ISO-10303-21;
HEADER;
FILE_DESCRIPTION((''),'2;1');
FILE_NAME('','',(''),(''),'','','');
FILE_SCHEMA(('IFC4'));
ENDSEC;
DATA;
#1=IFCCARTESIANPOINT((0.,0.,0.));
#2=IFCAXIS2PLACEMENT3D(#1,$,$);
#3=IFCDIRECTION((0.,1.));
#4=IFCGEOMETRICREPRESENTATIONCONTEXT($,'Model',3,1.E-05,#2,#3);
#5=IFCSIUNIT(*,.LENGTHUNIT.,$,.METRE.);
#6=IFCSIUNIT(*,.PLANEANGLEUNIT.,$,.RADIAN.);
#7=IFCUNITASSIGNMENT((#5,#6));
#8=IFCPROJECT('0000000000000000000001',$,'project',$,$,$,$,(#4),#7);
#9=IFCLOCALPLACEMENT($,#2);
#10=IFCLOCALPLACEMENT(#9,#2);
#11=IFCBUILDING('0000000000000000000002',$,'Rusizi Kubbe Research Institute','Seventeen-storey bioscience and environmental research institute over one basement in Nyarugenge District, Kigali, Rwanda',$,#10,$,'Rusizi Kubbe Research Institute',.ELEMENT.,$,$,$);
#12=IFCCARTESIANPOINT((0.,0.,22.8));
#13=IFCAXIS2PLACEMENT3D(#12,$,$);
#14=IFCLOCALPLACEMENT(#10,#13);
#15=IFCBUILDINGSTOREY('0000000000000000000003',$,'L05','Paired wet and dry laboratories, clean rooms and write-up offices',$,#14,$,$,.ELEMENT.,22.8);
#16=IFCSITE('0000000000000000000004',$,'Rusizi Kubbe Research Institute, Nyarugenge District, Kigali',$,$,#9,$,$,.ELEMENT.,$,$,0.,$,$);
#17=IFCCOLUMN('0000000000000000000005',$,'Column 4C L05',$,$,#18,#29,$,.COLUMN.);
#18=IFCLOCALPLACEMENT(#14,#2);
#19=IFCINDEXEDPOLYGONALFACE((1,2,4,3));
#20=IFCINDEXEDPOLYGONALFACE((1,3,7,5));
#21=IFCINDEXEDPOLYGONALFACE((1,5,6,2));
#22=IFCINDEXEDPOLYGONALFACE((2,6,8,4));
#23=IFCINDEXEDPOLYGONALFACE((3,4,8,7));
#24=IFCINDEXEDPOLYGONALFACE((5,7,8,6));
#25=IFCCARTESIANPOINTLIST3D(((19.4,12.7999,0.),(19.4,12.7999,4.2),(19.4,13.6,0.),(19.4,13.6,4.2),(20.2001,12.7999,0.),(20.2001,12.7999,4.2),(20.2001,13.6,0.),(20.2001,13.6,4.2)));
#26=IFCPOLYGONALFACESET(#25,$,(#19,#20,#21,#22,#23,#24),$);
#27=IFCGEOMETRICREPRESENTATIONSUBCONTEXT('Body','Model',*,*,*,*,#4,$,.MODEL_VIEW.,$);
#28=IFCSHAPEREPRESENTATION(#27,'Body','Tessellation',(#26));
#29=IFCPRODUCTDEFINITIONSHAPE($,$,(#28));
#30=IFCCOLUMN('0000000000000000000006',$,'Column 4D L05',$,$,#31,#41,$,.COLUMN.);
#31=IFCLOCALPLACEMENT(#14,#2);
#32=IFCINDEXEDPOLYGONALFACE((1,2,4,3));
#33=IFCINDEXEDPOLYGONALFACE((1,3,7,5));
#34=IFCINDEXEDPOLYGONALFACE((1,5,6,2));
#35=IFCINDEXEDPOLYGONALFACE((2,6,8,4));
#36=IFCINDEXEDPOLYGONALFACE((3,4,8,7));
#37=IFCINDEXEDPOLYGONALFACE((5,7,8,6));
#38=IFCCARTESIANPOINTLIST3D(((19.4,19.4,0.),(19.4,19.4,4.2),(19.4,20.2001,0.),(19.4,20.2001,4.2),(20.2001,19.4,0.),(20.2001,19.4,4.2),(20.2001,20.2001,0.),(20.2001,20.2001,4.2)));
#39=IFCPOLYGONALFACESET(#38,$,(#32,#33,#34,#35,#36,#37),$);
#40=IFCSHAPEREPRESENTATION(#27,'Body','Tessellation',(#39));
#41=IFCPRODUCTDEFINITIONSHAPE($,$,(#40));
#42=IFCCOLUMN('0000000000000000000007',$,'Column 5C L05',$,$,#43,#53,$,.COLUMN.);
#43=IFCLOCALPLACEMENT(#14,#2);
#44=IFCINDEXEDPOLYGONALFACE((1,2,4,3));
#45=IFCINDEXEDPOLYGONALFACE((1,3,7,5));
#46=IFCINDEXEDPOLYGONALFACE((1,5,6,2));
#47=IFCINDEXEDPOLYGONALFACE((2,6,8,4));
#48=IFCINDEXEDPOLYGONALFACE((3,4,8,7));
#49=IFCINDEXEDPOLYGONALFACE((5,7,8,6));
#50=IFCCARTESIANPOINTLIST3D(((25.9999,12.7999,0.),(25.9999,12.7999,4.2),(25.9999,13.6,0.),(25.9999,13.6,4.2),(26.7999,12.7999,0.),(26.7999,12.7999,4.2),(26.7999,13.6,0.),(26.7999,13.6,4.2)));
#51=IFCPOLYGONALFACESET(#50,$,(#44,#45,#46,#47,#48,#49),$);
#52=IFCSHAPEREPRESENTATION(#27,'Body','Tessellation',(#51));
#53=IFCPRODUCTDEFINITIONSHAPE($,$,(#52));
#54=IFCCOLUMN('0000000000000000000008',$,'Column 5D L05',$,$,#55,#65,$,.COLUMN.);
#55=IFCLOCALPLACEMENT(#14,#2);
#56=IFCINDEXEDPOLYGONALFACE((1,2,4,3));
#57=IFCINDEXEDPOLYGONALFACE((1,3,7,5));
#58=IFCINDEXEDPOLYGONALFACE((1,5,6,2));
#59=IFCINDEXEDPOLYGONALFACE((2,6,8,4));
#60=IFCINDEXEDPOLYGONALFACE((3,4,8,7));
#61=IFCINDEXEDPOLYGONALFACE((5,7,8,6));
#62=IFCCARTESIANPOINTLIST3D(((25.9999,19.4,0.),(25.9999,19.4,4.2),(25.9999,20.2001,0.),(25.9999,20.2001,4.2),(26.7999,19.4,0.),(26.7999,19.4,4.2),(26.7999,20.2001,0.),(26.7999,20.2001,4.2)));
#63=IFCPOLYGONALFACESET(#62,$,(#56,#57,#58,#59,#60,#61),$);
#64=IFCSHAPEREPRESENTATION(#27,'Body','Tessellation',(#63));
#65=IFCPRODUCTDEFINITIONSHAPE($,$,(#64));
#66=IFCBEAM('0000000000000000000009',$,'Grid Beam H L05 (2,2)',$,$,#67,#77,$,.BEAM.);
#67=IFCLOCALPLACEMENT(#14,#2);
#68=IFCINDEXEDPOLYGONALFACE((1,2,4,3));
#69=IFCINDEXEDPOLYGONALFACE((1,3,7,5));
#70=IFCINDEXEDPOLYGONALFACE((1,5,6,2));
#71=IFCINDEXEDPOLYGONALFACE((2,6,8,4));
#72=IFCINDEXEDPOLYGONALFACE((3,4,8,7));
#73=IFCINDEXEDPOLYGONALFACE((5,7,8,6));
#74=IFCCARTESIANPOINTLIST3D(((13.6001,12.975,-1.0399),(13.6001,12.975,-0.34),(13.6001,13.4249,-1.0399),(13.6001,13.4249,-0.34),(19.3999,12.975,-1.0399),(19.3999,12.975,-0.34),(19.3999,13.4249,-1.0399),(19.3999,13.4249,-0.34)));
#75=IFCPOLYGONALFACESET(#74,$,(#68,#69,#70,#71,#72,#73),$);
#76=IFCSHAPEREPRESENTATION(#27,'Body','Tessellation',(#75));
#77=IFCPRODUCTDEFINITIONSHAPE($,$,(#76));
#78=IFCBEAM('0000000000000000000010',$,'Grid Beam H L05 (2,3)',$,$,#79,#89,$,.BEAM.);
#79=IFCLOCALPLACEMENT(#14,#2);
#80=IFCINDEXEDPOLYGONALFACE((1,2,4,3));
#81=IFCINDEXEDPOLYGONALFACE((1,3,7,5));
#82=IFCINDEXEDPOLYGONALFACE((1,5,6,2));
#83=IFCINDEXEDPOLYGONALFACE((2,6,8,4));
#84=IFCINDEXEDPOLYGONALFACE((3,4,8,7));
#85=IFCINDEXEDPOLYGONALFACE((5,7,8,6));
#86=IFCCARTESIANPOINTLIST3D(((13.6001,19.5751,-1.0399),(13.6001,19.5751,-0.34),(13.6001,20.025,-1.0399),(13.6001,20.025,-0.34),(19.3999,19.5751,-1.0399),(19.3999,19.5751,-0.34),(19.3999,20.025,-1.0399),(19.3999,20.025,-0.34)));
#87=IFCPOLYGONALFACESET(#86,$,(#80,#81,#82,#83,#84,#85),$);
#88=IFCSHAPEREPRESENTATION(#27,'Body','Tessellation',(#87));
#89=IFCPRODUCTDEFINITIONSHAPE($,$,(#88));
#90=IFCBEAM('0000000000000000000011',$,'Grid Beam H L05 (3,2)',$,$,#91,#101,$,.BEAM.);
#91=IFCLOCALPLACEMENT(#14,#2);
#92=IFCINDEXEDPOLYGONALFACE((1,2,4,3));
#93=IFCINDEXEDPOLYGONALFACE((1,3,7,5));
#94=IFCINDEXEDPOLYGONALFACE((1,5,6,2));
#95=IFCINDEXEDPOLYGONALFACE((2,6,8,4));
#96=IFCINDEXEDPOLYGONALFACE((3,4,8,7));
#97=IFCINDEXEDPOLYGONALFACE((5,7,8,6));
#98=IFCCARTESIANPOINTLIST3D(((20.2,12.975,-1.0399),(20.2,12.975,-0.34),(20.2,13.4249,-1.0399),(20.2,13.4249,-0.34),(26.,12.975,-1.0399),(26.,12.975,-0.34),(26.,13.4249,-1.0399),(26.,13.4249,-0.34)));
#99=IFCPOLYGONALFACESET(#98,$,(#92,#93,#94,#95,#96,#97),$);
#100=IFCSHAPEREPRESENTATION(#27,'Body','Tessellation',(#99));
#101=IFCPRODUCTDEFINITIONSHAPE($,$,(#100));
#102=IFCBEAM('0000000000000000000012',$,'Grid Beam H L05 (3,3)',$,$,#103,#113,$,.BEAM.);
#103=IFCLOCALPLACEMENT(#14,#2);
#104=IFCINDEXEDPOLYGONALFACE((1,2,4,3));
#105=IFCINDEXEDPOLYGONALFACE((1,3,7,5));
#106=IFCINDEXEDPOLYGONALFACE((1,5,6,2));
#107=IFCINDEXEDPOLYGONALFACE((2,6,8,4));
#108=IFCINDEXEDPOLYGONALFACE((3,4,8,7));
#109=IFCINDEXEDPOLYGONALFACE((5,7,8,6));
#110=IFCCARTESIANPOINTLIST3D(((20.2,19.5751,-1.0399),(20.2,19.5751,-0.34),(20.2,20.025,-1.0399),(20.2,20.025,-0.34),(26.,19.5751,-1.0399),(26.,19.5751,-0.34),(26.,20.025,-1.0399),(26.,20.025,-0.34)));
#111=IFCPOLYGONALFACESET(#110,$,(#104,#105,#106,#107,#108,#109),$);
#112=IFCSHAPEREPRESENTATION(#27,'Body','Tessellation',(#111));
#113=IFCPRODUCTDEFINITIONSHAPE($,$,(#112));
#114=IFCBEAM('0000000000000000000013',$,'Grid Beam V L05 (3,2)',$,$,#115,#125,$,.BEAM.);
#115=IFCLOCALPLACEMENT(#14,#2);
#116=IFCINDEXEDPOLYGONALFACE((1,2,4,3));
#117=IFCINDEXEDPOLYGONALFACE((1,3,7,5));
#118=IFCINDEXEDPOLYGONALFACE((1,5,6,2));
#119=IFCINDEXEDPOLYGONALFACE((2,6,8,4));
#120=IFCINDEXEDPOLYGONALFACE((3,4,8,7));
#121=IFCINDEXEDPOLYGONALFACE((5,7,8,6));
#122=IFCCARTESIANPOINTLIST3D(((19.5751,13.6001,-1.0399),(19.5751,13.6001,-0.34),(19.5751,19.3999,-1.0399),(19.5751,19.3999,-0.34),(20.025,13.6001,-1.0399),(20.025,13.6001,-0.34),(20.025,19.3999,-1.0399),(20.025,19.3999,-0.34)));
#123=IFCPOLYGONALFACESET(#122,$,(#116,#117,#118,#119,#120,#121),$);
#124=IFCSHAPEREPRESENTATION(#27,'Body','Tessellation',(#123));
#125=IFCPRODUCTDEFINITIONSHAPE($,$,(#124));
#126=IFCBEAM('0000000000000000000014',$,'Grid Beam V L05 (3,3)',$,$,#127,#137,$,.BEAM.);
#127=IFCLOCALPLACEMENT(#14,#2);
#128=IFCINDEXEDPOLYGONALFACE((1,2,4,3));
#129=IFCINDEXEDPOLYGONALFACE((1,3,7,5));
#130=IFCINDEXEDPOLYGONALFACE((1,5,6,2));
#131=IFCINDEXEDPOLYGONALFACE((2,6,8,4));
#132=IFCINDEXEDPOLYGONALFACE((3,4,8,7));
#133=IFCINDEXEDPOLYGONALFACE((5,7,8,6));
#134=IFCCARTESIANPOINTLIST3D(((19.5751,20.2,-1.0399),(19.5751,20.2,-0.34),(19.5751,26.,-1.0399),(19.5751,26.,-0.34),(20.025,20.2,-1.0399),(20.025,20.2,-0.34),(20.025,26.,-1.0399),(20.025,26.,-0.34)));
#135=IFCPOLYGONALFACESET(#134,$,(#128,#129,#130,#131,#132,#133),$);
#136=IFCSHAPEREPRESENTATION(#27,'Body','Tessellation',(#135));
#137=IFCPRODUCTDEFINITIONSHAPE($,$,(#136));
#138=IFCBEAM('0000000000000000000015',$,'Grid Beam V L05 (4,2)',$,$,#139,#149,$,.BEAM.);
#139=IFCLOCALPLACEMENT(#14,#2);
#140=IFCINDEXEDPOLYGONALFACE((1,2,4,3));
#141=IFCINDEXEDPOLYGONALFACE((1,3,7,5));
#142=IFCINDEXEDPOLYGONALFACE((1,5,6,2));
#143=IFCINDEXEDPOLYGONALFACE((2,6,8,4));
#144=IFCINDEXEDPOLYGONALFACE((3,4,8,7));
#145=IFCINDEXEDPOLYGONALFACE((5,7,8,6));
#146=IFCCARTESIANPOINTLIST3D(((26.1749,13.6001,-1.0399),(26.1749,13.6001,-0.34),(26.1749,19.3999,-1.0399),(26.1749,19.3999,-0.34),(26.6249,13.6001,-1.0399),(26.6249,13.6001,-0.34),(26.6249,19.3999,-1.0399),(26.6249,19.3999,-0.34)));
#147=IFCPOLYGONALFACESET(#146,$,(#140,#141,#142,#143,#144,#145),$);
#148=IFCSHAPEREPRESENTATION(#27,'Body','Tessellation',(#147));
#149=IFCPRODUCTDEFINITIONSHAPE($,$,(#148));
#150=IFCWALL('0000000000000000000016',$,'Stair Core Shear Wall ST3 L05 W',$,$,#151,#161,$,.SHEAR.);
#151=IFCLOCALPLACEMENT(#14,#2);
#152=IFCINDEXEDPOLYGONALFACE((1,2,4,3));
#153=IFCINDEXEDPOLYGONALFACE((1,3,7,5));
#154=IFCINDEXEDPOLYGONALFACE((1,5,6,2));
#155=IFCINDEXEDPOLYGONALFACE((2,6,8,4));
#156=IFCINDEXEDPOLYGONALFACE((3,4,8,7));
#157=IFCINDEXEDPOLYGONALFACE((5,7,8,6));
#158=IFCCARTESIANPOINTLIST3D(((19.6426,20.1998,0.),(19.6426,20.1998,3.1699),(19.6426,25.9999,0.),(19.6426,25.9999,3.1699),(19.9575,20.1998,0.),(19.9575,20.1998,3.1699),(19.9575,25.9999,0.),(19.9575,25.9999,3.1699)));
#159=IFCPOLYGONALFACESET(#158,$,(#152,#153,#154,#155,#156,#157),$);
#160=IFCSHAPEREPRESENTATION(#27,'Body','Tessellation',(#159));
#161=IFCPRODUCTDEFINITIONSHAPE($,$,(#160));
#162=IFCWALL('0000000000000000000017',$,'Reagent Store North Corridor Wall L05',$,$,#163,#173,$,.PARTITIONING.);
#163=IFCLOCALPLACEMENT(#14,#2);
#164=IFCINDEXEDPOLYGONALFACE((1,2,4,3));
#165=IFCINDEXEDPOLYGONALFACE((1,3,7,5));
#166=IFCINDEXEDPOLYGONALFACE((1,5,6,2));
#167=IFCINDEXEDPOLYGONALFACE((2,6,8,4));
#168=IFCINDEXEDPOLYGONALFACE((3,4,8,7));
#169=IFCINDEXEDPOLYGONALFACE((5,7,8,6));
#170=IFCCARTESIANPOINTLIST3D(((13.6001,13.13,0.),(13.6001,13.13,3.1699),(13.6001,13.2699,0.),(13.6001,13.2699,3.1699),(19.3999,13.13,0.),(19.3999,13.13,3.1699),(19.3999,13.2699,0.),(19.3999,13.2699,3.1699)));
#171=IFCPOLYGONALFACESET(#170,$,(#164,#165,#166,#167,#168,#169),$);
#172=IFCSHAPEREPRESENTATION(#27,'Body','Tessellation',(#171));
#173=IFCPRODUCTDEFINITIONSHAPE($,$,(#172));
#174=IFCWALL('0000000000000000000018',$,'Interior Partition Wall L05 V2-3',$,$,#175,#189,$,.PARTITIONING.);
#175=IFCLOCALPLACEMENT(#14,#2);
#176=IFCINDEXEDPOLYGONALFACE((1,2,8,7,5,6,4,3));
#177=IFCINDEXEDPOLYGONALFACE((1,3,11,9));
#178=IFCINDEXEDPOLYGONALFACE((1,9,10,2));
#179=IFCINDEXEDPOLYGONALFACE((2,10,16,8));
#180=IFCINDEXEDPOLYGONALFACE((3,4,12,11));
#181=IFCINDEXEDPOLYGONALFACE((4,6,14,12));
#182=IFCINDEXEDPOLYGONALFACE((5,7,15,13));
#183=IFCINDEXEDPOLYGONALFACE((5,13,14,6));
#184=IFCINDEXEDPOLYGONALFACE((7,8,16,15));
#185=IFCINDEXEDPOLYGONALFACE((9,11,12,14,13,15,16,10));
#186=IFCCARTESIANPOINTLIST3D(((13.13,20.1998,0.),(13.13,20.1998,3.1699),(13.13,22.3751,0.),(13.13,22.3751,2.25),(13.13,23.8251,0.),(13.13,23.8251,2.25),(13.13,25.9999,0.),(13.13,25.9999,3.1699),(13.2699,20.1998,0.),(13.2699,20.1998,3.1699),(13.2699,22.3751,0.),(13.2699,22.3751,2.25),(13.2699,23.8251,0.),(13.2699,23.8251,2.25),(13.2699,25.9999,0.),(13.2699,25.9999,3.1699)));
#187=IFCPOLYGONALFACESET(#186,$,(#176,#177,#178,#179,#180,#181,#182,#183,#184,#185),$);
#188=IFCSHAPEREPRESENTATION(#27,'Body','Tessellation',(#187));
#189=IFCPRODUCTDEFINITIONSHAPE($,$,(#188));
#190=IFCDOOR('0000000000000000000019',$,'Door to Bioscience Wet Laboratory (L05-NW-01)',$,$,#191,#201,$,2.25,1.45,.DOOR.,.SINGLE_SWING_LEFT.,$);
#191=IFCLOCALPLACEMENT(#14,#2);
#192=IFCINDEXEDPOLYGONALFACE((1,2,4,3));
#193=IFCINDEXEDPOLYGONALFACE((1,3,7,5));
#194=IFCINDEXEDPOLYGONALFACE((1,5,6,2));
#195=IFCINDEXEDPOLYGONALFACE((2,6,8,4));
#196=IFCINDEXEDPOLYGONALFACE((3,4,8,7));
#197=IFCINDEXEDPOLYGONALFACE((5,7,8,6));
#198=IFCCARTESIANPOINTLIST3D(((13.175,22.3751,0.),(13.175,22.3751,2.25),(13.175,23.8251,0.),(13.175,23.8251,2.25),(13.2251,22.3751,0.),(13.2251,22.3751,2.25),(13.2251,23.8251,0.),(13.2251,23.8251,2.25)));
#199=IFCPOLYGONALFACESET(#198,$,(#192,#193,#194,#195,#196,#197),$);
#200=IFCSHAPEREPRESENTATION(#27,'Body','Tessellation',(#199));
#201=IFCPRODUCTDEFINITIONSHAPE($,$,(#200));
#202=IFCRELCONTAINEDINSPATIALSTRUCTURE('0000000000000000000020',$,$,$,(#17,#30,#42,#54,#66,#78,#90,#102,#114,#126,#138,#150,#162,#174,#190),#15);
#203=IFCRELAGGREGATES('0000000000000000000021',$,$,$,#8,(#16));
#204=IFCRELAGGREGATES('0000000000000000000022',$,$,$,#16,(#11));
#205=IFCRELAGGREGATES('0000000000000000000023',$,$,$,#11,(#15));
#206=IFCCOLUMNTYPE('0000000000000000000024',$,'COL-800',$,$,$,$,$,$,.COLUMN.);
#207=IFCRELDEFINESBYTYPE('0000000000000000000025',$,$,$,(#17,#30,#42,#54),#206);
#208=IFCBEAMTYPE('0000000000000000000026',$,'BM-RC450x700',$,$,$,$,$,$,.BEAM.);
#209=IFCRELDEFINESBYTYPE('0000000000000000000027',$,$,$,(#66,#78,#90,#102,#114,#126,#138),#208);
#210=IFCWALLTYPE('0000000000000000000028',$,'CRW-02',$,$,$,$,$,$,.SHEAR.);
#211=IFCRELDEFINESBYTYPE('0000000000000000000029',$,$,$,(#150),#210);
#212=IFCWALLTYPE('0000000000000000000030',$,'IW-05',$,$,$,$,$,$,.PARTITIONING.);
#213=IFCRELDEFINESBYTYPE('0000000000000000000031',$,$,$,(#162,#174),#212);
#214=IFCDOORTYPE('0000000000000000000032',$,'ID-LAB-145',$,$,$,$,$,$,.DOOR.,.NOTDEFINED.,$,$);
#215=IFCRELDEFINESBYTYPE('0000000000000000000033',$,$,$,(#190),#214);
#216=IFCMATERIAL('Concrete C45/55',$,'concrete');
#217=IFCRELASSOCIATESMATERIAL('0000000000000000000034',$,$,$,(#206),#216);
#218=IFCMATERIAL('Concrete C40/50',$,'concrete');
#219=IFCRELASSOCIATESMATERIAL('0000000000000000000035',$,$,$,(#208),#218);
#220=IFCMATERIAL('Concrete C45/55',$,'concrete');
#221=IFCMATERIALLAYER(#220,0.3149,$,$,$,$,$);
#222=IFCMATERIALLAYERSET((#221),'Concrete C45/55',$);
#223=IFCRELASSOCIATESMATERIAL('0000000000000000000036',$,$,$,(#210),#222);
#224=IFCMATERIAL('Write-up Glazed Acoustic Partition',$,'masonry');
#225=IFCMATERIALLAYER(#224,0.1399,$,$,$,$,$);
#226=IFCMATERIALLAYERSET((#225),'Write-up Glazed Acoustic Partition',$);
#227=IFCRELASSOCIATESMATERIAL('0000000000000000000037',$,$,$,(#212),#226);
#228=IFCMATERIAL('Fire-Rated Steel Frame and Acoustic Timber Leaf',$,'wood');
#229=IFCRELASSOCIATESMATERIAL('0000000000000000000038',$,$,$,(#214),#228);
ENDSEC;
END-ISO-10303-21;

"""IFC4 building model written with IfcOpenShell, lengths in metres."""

from ifc_helpers import new_model, si_unit, direction, frame, frame_2d, origin, origin_2d, place, context, subcontext, project, spatial, rectangle, extrude, material, layer, layer_set, material_profile, profile_set, type_object, element, fill, save


model = new_model("IFC4")

# Units and contexts
model_context = context("Model", 3, precision=1e-05, world=origin(), true_north=direction((0.0, 1.0)))
body_context = subcontext(model_context, "Body", "Model", "MODEL_VIEW")
ifc_project = project(units=[si_unit("LENGTHUNIT", "METRE"), si_unit("PLANEANGLEUNIT", "RADIAN")], contexts=[model_context])

# Site, building, storey
site_placement = place(None, origin())
site = spatial("IfcSite", under=ifc_project, at=site_placement, Name="Rusizi Kubbe Research Institute, Nyarugenge District, Kigali", CompositionType="ELEMENT", RefElevation=0.0)
building_placement = place(site_placement, origin())
building = spatial("IfcBuilding", under=site, at=building_placement, Name="Rusizi Kubbe Research Institute", Description="Seventeen-storey bioscience and environmental research institute over one basement in Nyarugenge District, Kigali, Rwanda", LongName="Rusizi Kubbe Research Institute", CompositionType="ELEMENT")
storey_placement = place(building_placement, frame((0.0, 0.0, 22.8)))
storey = spatial("IfcBuildingStorey", under=building, at=storey_placement, Name="L05", Description="Paired wet and dry laboratories, clean rooms and write-up offices", CompositionType="ELEMENT", Elevation=22.8)

# Columns
ifc_material_1 = material(Name="Concrete C45/55", Category="concrete")
ifc_material_profile_1 = material_profile(ifc_material_1, rectangle(XDim=0.8, YDim=0.8, at=origin_2d()), Name="RC800x800")
ifc_profile_set_1 = profile_set([ifc_material_profile_1], Name="Concrete C45/55")
column_type = type_object("IfcColumnType", Name="COL-800", PredefinedType="COLUMN", material=ifc_profile_set_1)
for number, where, z_axis, x_axis, name in (
    (1, (19.8, 13.2, 0.0), (0.0, 0.0, 1.0), (1.0, 0.0, 0.0), "Column 4C L05"),
    (2, (19.8, 19.8, 0.0), (0.0, 0.0, 1.0), (1.0, 0.0, 0.0), "Column 4D L05"),
    (3, (26.3999, 13.2, 0.0), (0.0, 0.0, 1.0), (1.0, 0.0, 0.0), "Column 5C L05"),
    (4, (26.3999, 19.8, 0.0), (0.0, 0.0, 1.0), (1.0, 0.0, 0.0), "Column 5D L05"),
):
    element("IfcColumn", number, at=place(storey_placement, frame(where, z_axis=z_axis, x_axis=x_axis)), inside=storey, type_object=column_type, Name=name, PredefinedType="COLUMN", context=body_context, shape_type="SweptSolid", body=[
        extrude(rectangle(XDim=0.8, YDim=0.8, at=origin_2d()), origin(), (0.0, 0.0, 1.0), 4.2),
    ])

# Beams
ifc_material_2 = material(Name="Concrete C40/50", Category="concrete")
ifc_material_profile_2 = material_profile(ifc_material_2, rectangle(XDim=0.45, YDim=0.7, at=origin_2d()), Name="RC450x700B")
ifc_profile_set_2 = profile_set([ifc_material_profile_2], Name="Concrete C40/50")
beam_type = type_object("IfcBeamType", Name="BM-RC450x700", PredefinedType="BEAM", material=ifc_profile_set_2)
for number, where, z_axis, x_axis, name in (
    (5, (13.6001, 13.2, -0.6899), (1.0, 0.0, 0.0), (0.0, 1.0, 0.0), "Grid Beam H L05 (2,2)"),
    (6, (13.6001, 19.8, -0.6899), (1.0, 0.0, 0.0), (0.0, 1.0, 0.0), "Grid Beam H L05 (2,3)"),
):
    element("IfcBeam", number, at=place(storey_placement, frame(where, z_axis=z_axis, x_axis=x_axis)), inside=storey, type_object=beam_type, Name=name, PredefinedType="BEAM", context=body_context, shape_type="SweptSolid", body=[
        extrude(rectangle(XDim=0.45, YDim=0.7, at=origin_2d()), origin(), (0.0, 0.0, 1.0), 5.7998),
    ])
for number, where, z_axis, x_axis, name in (
    (7, (20.2, 13.2, -0.6899), (1.0, 0.0, 0.0), (0.0, 1.0, 0.0), "Grid Beam H L05 (3,2)"),
    (8, (20.2, 19.8, -0.6899), (1.0, 0.0, 0.0), (0.0, 1.0, 0.0), "Grid Beam H L05 (3,3)"),
):
    element("IfcBeam", number, at=place(storey_placement, frame(where, z_axis=z_axis, x_axis=x_axis)), inside=storey, type_object=beam_type, Name=name, PredefinedType="BEAM", context=body_context, shape_type="SweptSolid", body=[
        extrude(rectangle(XDim=0.45, YDim=0.7, at=origin_2d()), origin(), (0.0, 0.0, 1.0), 5.8),
    ])
beam_1_placement = place(storey_placement, frame((19.8, 13.6001, -0.6899), z_axis=(0.0, 1.0, 0.0), x_axis=(-1.0, 0.0, 0.0)))
element("IfcBeam", 9, at=beam_1_placement, inside=storey, type_object=beam_type, Name="Grid Beam V L05 (3,2)", PredefinedType="BEAM", context=body_context, shape_type="SweptSolid", body=[
    extrude(rectangle(XDim=0.45, YDim=0.7, at=origin_2d()), origin(), (0.0, 0.0, 1.0), 5.7998),
])
beam_2_placement = place(storey_placement, frame((19.8, 20.2, -0.6899), z_axis=(0.0, 1.0, 0.0), x_axis=(-1.0, 0.0, 0.0)))
element("IfcBeam", 10, at=beam_2_placement, inside=storey, type_object=beam_type, Name="Grid Beam V L05 (3,3)", PredefinedType="BEAM", context=body_context, shape_type="SweptSolid", body=[
    extrude(rectangle(XDim=0.45, YDim=0.7, at=origin_2d()), origin(), (0.0, 0.0, 1.0), 5.8),
])
beam_3_placement = place(storey_placement, frame((26.3999, 13.6001, -0.6899), z_axis=(0.0, 1.0, 0.0), x_axis=(-1.0, 0.0, 0.0)))
element("IfcBeam", 11, at=beam_3_placement, inside=storey, type_object=beam_type, Name="Grid Beam V L05 (4,2)", PredefinedType="BEAM", context=body_context, shape_type="SweptSolid", body=[
    extrude(rectangle(XDim=0.45, YDim=0.7, at=origin_2d()), origin(), (0.0, 0.0, 1.0), 5.7998),
])

# Shared definitions
ifc_material_3 = material(Name="Concrete C45/55", Category="concrete")
ifc_layer_1 = layer(ifc_material_3, 0.3149)
ifc_layer_set_1 = layer_set([ifc_layer_1], Name="Concrete C45/55")
wall_type_1 = type_object("IfcWallType", Name="CRW-02", PredefinedType="SHEAR", material=ifc_layer_set_1)

# Walls
wall_1_placement = place(storey_placement, frame((19.8, 20.2, 0.0), z_axis=(0.0, 0.0, 1.0), x_axis=(0.0, 1.0, 0.0)))
element("IfcWall", 12, at=wall_1_placement, inside=storey, type_object=wall_type_1, Name="Stair Core Shear Wall ST3 L05 W", PredefinedType="SHEAR", context=body_context, shape_type="SweptSolid", body=[
    extrude(rectangle(XDim=5.8, YDim=0.3149, at=frame_2d((2.8999, 0.0))), origin(), (0.0, 0.0, 1.0), 3.1699),
])
ifc_material_4 = material(Name="Write-up Glazed Acoustic Partition", Category="masonry")
ifc_layer_2 = layer(ifc_material_4, 0.1399)
ifc_layer_set_2 = layer_set([ifc_layer_2], Name="Write-up Glazed Acoustic Partition")
wall_type_2 = type_object("IfcWallType", Name="IW-05", PredefinedType="PARTITIONING", material=ifc_layer_set_2)
wall_2_placement = place(storey_placement, frame((13.6001, 13.2, 0.0), z_axis=(0.0, 0.0, 1.0), x_axis=(1.0, 0.0, 0.0)))
element("IfcWall", 13, at=wall_2_placement, inside=storey, type_object=wall_type_2, Name="Reagent Store North Corridor Wall L05", PredefinedType="PARTITIONING", context=body_context, shape_type="SweptSolid", body=[
    extrude(rectangle(XDim=5.7998, YDim=0.1399, at=frame_2d((2.8999, 0.0))), origin(), (0.0, 0.0, 1.0), 3.1699),
])

# Wall, opening, door
wall_3_placement = place(storey_placement, frame((13.2, 20.2, 0.0), z_axis=(0.0, 0.0, 1.0), x_axis=(0.0, 1.0, 0.0)))
wall_3 = element("IfcWall", 14, at=wall_3_placement, inside=storey, type_object=wall_type_2, Name="Interior Partition Wall L05 V2-3", PredefinedType="PARTITIONING", context=body_context, shape_type="SweptSolid", body=[
    extrude(rectangle(XDim=5.8, YDim=0.1399, at=frame_2d((2.8999, 0.0))), origin(), (0.0, 0.0, 1.0), 3.1699),
])
opening_1_placement = place(wall_3_placement, frame((2.175, 0.0, 0.0)))
opening_1 = element("IfcOpeningElement", 15, at=opening_1_placement, cuts=wall_3, PredefinedType="OPENING", context=body_context, shape_type="SweptSolid", body=[
    extrude(rectangle(XDim=1.45, YDim=2.25, at=frame_2d((0.7251, 1.125))), frame((0.0, 0.0798, 0.0), z_axis=(0.0, -1.0, 0.0), x_axis=(1.0, 0.0, 0.0)), (0.0, 0.0, 1.0), 0.1599),
])
ifc_material_5 = material(Name="Fire-Rated Steel Frame and Acoustic Timber Leaf", Category="wood")
door_type_1 = type_object("IfcDoorType", Name="ID-LAB-145", OperationType="NOTDEFINED", PredefinedType="DOOR", material=ifc_material_5)
door_1_placement = place(opening_1_placement, origin())
door_1 = element("IfcDoor", 16, at=door_1_placement, inside=storey, type_object=door_type_1, Name="Door to Bioscience Wet Laboratory (L05-NW-01)", OperationType="SINGLE_SWING_LEFT", OverallHeight=2.25, OverallWidth=1.45, PredefinedType="DOOR", context=body_context, shape_type="SweptSolid", body=[
    extrude(rectangle(XDim=1.45, YDim=2.25, at=frame_2d((0.7251, 1.125))), frame((0.0, 0.0249, 0.0), z_axis=(0.0, -1.0, 0.0), x_axis=(1.0, 0.0, 0.0)), (0.0, 0.0, 1.0), 0.05),
])
fill(opening_1, door_1)

save(model, "model.ifc")
